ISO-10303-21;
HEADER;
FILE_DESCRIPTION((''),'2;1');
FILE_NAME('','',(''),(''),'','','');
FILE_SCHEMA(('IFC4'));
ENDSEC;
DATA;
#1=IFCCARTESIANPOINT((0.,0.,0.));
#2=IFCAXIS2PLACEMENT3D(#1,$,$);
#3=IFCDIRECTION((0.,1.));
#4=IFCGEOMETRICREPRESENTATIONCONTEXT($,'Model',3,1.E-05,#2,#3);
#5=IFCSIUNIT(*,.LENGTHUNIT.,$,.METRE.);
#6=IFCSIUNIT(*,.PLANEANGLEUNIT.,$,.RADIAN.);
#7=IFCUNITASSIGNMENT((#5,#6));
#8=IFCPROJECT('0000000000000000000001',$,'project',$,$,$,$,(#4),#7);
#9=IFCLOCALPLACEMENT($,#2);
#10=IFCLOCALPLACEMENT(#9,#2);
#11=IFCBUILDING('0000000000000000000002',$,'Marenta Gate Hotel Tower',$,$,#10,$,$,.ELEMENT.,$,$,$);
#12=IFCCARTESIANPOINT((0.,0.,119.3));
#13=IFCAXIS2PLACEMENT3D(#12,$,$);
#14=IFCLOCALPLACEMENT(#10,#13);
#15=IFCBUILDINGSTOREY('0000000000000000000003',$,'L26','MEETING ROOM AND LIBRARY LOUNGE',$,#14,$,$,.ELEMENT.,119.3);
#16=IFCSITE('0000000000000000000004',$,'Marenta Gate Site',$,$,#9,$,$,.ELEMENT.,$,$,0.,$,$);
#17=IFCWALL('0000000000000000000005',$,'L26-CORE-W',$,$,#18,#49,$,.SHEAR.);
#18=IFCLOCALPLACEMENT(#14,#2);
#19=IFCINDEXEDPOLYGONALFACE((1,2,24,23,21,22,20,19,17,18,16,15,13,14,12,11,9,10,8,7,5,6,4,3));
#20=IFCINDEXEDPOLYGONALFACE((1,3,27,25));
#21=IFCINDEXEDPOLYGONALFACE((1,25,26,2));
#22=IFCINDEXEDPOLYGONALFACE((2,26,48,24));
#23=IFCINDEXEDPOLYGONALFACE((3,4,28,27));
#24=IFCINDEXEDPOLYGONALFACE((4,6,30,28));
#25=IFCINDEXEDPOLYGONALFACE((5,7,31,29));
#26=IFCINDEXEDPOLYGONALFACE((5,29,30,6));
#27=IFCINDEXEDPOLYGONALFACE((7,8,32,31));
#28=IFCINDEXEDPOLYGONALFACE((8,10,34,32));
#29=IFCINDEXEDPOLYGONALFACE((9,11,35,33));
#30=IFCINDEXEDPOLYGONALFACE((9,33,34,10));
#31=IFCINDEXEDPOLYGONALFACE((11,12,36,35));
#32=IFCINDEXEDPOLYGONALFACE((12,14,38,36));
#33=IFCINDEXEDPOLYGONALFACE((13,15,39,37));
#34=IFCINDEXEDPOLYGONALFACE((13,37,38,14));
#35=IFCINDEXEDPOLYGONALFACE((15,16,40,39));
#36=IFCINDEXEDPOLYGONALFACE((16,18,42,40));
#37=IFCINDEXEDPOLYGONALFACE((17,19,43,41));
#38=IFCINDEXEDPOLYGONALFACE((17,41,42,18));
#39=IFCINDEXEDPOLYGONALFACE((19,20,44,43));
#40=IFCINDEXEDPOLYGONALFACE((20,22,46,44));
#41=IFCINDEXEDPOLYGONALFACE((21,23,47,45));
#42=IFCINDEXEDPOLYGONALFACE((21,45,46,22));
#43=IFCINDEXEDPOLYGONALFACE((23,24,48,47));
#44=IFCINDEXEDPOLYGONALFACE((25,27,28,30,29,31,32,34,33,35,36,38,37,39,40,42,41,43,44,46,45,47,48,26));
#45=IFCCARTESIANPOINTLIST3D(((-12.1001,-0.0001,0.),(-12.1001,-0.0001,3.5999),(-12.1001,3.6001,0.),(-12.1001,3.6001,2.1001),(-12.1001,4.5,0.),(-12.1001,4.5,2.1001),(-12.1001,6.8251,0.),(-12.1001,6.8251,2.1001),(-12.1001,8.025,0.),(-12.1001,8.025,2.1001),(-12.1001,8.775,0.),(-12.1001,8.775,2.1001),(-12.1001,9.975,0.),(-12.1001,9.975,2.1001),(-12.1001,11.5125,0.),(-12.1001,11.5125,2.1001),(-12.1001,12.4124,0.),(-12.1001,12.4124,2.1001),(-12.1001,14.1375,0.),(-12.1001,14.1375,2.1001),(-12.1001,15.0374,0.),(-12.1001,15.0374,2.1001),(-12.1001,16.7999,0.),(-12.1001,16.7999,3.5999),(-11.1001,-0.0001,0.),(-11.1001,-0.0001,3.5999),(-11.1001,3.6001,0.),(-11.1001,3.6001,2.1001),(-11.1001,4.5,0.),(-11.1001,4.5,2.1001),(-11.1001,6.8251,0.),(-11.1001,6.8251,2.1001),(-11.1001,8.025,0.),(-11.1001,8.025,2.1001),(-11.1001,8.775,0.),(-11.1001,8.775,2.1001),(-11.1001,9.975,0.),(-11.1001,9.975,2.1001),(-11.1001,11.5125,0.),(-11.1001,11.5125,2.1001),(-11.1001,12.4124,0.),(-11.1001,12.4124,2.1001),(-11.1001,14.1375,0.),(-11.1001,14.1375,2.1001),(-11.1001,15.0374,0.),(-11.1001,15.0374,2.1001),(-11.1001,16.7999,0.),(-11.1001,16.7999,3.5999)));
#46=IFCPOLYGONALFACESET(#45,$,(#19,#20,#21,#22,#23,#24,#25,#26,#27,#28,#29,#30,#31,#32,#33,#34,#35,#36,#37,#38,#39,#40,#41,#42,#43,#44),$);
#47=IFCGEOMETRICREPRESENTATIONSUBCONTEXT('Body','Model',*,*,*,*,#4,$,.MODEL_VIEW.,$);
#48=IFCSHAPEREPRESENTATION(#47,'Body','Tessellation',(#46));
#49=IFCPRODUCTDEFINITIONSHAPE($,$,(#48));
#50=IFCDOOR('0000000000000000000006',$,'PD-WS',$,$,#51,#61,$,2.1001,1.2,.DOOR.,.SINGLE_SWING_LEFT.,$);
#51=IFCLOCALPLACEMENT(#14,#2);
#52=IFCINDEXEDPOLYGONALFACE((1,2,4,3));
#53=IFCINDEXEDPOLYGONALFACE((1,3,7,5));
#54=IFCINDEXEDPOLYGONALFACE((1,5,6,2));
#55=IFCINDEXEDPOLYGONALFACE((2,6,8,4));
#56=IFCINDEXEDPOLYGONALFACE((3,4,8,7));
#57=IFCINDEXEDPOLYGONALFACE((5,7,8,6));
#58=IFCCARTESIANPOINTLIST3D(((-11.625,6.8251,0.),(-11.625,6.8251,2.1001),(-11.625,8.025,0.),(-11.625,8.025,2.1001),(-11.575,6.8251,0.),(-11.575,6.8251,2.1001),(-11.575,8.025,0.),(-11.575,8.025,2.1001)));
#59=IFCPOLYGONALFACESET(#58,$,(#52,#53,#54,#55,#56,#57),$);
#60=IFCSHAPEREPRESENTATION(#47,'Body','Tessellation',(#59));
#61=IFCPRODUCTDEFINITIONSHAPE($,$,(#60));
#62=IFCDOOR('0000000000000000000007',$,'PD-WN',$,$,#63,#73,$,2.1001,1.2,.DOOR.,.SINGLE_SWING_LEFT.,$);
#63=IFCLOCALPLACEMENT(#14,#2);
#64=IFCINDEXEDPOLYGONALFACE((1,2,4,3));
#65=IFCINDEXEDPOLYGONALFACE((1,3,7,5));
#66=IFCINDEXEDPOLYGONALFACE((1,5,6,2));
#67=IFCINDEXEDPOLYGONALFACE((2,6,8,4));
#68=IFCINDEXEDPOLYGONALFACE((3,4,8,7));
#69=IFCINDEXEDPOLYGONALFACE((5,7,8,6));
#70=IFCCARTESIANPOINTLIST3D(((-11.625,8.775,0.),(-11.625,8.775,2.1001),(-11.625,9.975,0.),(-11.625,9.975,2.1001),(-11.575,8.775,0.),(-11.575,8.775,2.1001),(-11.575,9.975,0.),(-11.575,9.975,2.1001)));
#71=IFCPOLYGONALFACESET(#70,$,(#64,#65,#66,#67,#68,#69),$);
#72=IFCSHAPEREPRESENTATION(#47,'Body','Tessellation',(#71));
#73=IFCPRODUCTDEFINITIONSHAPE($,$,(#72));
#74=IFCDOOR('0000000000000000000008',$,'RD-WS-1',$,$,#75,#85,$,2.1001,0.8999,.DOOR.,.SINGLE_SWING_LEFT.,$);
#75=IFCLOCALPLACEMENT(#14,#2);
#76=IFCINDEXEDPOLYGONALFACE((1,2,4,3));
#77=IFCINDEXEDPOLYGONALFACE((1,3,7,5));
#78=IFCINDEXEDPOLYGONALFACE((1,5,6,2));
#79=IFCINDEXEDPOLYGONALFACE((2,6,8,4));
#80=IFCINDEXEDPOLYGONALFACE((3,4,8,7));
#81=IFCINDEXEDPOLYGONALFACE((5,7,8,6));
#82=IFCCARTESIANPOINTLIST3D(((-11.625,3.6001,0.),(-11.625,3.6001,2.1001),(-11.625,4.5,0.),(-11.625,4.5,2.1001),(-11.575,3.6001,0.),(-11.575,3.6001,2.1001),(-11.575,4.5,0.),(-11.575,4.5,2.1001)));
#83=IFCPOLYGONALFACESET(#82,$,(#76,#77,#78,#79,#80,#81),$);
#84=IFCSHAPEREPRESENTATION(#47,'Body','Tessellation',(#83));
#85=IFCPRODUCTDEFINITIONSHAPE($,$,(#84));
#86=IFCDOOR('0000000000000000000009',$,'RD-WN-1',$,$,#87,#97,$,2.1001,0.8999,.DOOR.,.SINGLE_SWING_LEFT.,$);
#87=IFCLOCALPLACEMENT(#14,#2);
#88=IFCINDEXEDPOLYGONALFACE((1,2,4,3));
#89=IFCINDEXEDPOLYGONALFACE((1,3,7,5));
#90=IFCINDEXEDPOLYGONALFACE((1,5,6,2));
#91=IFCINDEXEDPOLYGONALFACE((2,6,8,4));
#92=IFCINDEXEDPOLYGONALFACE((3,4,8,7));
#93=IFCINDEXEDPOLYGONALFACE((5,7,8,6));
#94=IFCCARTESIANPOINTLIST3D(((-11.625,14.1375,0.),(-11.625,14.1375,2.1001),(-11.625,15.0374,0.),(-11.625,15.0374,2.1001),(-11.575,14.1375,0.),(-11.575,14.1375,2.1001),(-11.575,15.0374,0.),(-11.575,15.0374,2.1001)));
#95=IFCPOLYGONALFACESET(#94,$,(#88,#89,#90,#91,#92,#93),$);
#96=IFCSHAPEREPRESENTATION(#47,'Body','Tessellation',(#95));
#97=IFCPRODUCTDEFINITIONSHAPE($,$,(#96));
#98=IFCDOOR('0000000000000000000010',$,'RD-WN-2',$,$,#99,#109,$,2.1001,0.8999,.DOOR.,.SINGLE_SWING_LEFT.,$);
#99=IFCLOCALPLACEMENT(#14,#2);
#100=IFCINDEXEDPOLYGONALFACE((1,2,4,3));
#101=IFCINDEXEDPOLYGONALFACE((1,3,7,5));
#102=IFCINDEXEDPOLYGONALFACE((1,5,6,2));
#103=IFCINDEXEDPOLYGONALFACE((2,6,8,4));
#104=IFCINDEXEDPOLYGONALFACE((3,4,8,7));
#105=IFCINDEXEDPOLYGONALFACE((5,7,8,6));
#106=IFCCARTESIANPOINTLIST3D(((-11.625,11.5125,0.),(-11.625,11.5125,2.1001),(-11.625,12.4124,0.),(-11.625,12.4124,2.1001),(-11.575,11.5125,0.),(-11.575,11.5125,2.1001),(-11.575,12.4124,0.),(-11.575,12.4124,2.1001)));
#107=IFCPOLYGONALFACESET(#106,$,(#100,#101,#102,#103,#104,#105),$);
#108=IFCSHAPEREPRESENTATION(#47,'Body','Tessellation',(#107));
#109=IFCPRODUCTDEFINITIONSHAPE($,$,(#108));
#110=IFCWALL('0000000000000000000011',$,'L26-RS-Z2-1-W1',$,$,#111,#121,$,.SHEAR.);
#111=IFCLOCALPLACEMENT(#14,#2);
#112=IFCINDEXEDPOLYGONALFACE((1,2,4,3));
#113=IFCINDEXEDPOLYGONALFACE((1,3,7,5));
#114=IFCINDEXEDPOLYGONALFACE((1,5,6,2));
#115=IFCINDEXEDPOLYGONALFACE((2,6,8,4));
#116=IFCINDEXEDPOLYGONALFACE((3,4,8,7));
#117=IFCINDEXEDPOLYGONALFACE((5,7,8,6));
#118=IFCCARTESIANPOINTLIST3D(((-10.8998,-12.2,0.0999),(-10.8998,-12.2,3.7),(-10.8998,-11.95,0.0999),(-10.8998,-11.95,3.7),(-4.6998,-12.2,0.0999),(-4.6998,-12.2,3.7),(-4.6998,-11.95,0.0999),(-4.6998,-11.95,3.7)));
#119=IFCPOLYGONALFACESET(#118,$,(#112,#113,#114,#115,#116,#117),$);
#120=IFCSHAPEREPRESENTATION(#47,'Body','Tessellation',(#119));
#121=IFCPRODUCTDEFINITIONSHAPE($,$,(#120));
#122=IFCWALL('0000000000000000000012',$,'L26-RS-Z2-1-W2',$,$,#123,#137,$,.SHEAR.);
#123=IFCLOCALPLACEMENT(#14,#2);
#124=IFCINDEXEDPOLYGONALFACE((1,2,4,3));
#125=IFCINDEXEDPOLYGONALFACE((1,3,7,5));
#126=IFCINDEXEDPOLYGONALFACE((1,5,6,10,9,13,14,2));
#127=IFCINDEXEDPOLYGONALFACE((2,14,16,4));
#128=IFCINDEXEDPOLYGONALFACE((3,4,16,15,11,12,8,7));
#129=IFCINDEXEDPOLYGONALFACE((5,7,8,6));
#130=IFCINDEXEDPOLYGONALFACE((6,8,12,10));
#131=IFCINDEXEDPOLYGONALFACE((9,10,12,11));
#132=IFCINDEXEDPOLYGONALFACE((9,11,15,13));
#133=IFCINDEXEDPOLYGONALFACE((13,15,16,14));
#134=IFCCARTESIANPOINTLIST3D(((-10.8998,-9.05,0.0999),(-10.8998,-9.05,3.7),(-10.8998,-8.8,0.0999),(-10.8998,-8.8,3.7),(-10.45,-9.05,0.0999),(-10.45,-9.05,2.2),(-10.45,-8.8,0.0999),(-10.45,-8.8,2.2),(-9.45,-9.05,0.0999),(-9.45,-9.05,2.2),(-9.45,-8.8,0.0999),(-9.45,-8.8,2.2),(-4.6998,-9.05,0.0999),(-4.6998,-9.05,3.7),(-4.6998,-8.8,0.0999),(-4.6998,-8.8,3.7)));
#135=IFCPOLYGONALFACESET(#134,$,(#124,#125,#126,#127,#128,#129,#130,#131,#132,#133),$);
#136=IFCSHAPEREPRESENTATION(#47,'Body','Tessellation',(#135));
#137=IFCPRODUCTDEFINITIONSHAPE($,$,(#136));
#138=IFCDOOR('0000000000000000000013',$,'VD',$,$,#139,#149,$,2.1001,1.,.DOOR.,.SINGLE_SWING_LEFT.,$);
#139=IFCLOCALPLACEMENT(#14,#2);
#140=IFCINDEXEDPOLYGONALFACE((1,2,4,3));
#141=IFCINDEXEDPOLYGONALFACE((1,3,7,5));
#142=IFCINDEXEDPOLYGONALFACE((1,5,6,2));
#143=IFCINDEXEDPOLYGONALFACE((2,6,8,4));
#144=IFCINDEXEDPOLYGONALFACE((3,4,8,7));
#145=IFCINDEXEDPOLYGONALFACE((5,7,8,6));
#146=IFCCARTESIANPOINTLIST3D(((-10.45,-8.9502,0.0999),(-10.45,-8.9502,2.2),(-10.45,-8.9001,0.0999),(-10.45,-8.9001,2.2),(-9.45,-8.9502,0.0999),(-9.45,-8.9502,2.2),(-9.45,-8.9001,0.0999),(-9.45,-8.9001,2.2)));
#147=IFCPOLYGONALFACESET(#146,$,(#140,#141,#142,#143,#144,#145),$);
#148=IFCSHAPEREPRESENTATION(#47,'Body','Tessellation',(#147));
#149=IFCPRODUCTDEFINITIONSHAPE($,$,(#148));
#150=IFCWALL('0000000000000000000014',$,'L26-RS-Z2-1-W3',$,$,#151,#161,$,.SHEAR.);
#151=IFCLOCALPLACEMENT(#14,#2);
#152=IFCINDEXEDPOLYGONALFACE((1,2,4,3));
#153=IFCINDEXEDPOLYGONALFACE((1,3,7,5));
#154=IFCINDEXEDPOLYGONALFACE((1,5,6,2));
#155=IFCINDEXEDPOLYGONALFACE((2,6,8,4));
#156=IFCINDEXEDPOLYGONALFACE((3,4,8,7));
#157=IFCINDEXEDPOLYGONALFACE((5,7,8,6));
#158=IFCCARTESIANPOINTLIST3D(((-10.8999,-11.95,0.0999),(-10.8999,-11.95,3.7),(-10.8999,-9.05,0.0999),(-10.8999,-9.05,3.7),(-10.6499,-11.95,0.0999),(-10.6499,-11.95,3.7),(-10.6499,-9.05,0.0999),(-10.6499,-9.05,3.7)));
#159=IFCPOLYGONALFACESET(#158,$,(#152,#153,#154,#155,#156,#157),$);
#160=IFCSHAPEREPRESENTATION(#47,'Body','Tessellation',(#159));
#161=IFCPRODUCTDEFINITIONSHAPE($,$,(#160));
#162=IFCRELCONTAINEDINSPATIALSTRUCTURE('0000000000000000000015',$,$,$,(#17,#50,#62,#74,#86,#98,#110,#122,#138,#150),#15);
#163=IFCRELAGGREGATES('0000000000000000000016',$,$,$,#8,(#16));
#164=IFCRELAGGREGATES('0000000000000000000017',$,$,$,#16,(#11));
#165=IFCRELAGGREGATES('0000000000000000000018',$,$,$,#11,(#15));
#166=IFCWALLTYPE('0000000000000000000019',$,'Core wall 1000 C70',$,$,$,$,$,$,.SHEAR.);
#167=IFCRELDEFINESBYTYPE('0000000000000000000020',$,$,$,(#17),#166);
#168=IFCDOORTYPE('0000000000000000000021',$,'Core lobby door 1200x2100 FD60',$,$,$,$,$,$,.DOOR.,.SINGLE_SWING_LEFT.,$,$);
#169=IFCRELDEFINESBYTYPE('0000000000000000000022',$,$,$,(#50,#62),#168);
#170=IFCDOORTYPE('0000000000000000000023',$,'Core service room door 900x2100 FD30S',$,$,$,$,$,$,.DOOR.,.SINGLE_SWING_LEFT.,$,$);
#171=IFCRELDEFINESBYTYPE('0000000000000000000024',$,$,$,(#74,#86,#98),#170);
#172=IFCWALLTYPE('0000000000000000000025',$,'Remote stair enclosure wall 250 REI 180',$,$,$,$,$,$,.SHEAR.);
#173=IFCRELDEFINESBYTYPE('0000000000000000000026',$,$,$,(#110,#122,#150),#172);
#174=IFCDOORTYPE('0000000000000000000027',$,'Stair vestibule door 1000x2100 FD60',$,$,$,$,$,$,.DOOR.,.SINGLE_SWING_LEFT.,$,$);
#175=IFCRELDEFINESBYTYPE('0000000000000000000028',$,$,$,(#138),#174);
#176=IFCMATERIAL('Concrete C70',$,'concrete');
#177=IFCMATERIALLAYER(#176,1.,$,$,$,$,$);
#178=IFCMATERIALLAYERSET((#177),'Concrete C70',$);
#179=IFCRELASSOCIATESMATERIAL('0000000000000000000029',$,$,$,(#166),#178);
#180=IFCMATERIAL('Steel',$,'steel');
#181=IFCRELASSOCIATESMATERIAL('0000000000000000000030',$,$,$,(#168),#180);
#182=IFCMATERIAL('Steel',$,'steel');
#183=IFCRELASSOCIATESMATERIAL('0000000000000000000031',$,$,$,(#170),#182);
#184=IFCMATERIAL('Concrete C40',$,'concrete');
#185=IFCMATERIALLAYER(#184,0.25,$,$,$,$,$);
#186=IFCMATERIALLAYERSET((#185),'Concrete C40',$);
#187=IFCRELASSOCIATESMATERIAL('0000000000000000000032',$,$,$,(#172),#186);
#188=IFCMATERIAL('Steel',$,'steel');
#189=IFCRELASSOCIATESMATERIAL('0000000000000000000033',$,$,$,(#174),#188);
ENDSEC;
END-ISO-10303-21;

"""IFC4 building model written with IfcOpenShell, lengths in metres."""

from ifc_helpers import new_model, si_unit, direction, frame, frame_2d, origin, place, context, subcontext, project, spatial, rectangle, extrude, material, layer, layer_set, type_object, element, fill, save


model = new_model("IFC4")

# Units and contexts
model_context = context("Model", 3, precision=1e-05, world=origin(), true_north=direction((0.0, 1.0)))
body_context = subcontext(model_context, "Body", "Model", "MODEL_VIEW")
ifc_project = project(units=[si_unit("LENGTHUNIT", "METRE"), si_unit("PLANEANGLEUNIT", "RADIAN")], contexts=[model_context])

# Site, building, storey
site_placement = place(None, origin())
site = spatial("IfcSite", under=ifc_project, at=site_placement, Name="Marenta Gate Site", CompositionType="ELEMENT", RefElevation=0.0)
building_placement = place(site_placement, origin())
building = spatial("IfcBuilding", under=site, at=building_placement, Name="Marenta Gate Hotel Tower", CompositionType="ELEMENT")
storey_placement = place(building_placement, frame((0.0, 0.0, 119.3)))
storey = spatial("IfcBuildingStorey", under=building, at=storey_placement, Name="L26", Description="MEETING ROOM AND LIBRARY LOUNGE", CompositionType="ELEMENT", Elevation=119.3)

# Wall, openings, doors
ifc_material_1 = material(Name="Concrete C70", Category="concrete")
ifc_layer_1 = layer(ifc_material_1, 1.0)
ifc_layer_set_1 = layer_set([ifc_layer_1], Name="Concrete C70")
wall_type_1 = type_object("IfcWallType", Name="Core wall 1000 C70", PredefinedType="SHEAR", material=ifc_layer_set_1)
wall_1_placement = place(storey_placement, frame((-11.6001, 0.0, 0.0), z_axis=(0.0, 0.0, 1.0), x_axis=(0.0, 1.0, 0.0)))
wall_1 = element("IfcWall", 1, at=wall_1_placement, inside=storey, type_object=wall_type_1, Name="L26-CORE-W", PredefinedType="SHEAR", context=body_context, shape_type="SweptSolid", body=[
    extrude(rectangle(XDim=16.8, YDim=1.0, at=frame_2d((8.3999, 0.0))), origin(), (0.0, 0.0, 1.0), 3.5999),
])
opening_1_placement = place(wall_1_placement, frame((3.6001, 0.0, 0.0)))
opening_1 = element("IfcOpeningElement", 2, at=opening_1_placement, cuts=wall_1, PredefinedType="OPENING", context=body_context, shape_type="SweptSolid", body=[
    extrude(rectangle(XDim=0.8999, YDim=2.1001, at=frame_2d((0.45, 1.05))), frame((0.0, 0.5, 0.0), z_axis=(0.0, -1.0, 0.0), x_axis=(1.0, 0.0, 0.0)), (0.0, 0.0, 1.0), 1.0),
])
opening_2_placement = place(wall_1_placement, frame((6.825, 0.0, 0.0)))
opening_2 = element("IfcOpeningElement", 3, at=opening_2_placement, cuts=wall_1, PredefinedType="OPENING", context=body_context, shape_type="SweptSolid", body=[
    extrude(rectangle(XDim=1.2, YDim=2.1001, at=frame_2d((0.6001, 1.05))), frame((0.0, 0.5, 0.0), z_axis=(0.0, -1.0, 0.0), x_axis=(1.0, 0.0, 0.0)), (0.0, 0.0, 1.0), 1.0),
])
opening_3_placement = place(wall_1_placement, frame((14.1375, 0.0, 0.0)))
opening_3 = element("IfcOpeningElement", 4, at=opening_3_placement, cuts=wall_1, PredefinedType="OPENING", context=body_context, shape_type="SweptSolid", body=[
    extrude(rectangle(XDim=0.8999, YDim=2.1001, at=frame_2d((0.45, 1.05))), frame((0.0, 0.5, 0.0), z_axis=(0.0, -1.0, 0.0), x_axis=(1.0, 0.0, 0.0)), (0.0, 0.0, 1.0), 1.0),
])
opening_4_placement = place(wall_1_placement, frame((11.5125, 0.0, 0.0)))
opening_4 = element("IfcOpeningElement", 5, at=opening_4_placement, cuts=wall_1, PredefinedType="OPENING", context=body_context, shape_type="SweptSolid", body=[
    extrude(rectangle(XDim=0.8999, YDim=2.1001, at=frame_2d((0.45, 1.05))), frame((0.0, 0.5, 0.0), z_axis=(0.0, -1.0, 0.0), x_axis=(1.0, 0.0, 0.0)), (0.0, 0.0, 1.0), 1.0),
])
opening_5_placement = place(wall_1_placement, frame((8.7749, 0.0, 0.0)))
opening_5 = element("IfcOpeningElement", 6, at=opening_5_placement, cuts=wall_1, PredefinedType="OPENING", context=body_context, shape_type="SweptSolid", body=[
    extrude(rectangle(XDim=1.2, YDim=2.1001, at=frame_2d((0.6001, 1.05))), frame((0.0, 0.5, 0.0), z_axis=(0.0, -1.0, 0.0), x_axis=(1.0, 0.0, 0.0)), (0.0, 0.0, 1.0), 1.0),
])
ifc_material_2 = material(Name="Steel", Category="steel")
door_type_1 = type_object("IfcDoorType", Name="Core lobby door 1200x2100 FD60", OperationType="SINGLE_SWING_LEFT", PredefinedType="DOOR", material=ifc_material_2)
door_1_placement = place(opening_2_placement, origin())
door_1 = element("IfcDoor", 7, at=door_1_placement, inside=storey, type_object=door_type_1, Name="PD-WS", OperationType="SINGLE_SWING_LEFT", OverallHeight=2.1001, OverallWidth=1.2, PredefinedType="DOOR", context=body_context, shape_type="SweptSolid", body=[
    extrude(rectangle(XDim=1.2, YDim=2.1001, at=frame_2d((0.6001, 1.05))), frame((0.0, 0.0249, 0.0), z_axis=(0.0, -1.0, 0.0), x_axis=(1.0, 0.0, 0.0)), (0.0, 0.0, 1.0), 0.05),
])
fill(opening_2, door_1)
door_2_placement = place(opening_5_placement, origin())
door_2 = element("IfcDoor", 8, at=door_2_placement, inside=storey, type_object=door_type_1, Name="PD-WN", OperationType="SINGLE_SWING_LEFT", OverallHeight=2.1001, OverallWidth=1.2, PredefinedType="DOOR", context=body_context, shape_type="SweptSolid", body=[
    extrude(rectangle(XDim=1.2, YDim=2.1001, at=frame_2d((0.6001, 1.05))), frame((0.0, 0.0249, 0.0), z_axis=(0.0, -1.0, 0.0), x_axis=(1.0, 0.0, 0.0)), (0.0, 0.0, 1.0), 0.05),
])
fill(opening_5, door_2)
ifc_material_3 = material(Name="Steel", Category="steel")
door_type_2 = type_object("IfcDoorType", Name="Core service room door 900x2100 FD30S", OperationType="SINGLE_SWING_LEFT", PredefinedType="DOOR", material=ifc_material_3)
door_3_placement = place(opening_1_placement, origin())
door_3 = element("IfcDoor", 9, at=door_3_placement, inside=storey, type_object=door_type_2, Name="RD-WS-1", OperationType="SINGLE_SWING_LEFT", OverallHeight=2.1001, OverallWidth=0.8999, PredefinedType="DOOR", context=body_context, shape_type="SweptSolid", body=[
    extrude(rectangle(XDim=0.8999, YDim=2.1001, at=frame_2d((0.45, 1.05))), frame((0.0, 0.0249, 0.0), z_axis=(0.0, -1.0, 0.0), x_axis=(1.0, 0.0, 0.0)), (0.0, 0.0, 1.0), 0.05),
])
fill(opening_1, door_3)
door_4_placement = place(opening_3_placement, origin())
door_4 = element("IfcDoor", 10, at=door_4_placement, inside=storey, type_object=door_type_2, Name="RD-WN-1", OperationType="SINGLE_SWING_LEFT", OverallHeight=2.1001, OverallWidth=0.8999, PredefinedType="DOOR", context=body_context, shape_type="SweptSolid", body=[
    extrude(rectangle(XDim=0.8999, YDim=2.1001, at=frame_2d((0.45, 1.05))), frame((0.0, 0.0249, 0.0), z_axis=(0.0, -1.0, 0.0), x_axis=(1.0, 0.0, 0.0)), (0.0, 0.0, 1.0), 0.05),
])
fill(opening_3, door_4)
door_5_placement = place(opening_4_placement, origin())
door_5 = element("IfcDoor", 11, at=door_5_placement, inside=storey, type_object=door_type_2, Name="RD-WN-2", OperationType="SINGLE_SWING_LEFT", OverallHeight=2.1001, OverallWidth=0.8999, PredefinedType="DOOR", context=body_context, shape_type="SweptSolid", body=[
    extrude(rectangle(XDim=0.8999, YDim=2.1001, at=frame_2d((0.45, 1.05))), frame((0.0, 0.0249, 0.0), z_axis=(0.0, -1.0, 0.0), x_axis=(1.0, 0.0, 0.0)), (0.0, 0.0, 1.0), 0.05),
])
fill(opening_4, door_5)

# Wall
ifc_material_4 = material(Name="Concrete C40", Category="concrete")
ifc_layer_2 = layer(ifc_material_4, 0.25)
ifc_layer_set_2 = layer_set([ifc_layer_2], Name="Concrete C40")
wall_type_2 = type_object("IfcWallType", Name="Remote stair enclosure wall 250 REI 180", PredefinedType="SHEAR", material=ifc_layer_set_2)
wall_2_placement = place(storey_placement, frame((-10.8999, -12.075, 0.0999), z_axis=(0.0, 0.0, 1.0), x_axis=(1.0, 0.0, 0.0)))
element("IfcWall", 12, at=wall_2_placement, inside=storey, type_object=wall_type_2, Name="L26-RS-Z2-1-W1", PredefinedType="SHEAR", context=body_context, shape_type="SweptSolid", body=[
    extrude(rectangle(XDim=6.2, YDim=0.25, at=frame_2d((3.1001, 0.0))), origin(), (0.0, 0.0, 1.0), 3.6001),
])

# Wall, opening, door
wall_3_placement = place(storey_placement, frame((-10.8999, -8.925, 0.0999), z_axis=(0.0, 0.0, 1.0), x_axis=(1.0, 0.0, 0.0)))
wall_3 = element("IfcWall", 13, at=wall_3_placement, inside=storey, type_object=wall_type_2, Name="L26-RS-Z2-1-W2", PredefinedType="SHEAR", context=body_context, shape_type="SweptSolid", body=[
    extrude(rectangle(XDim=6.2, YDim=0.25, at=frame_2d((3.1001, 0.0))), origin(), (0.0, 0.0, 1.0), 3.6001),
])
opening_6_placement = place(wall_3_placement, frame((0.45, 0.0, 0.0)))
opening_6 = element("IfcOpeningElement", 14, at=opening_6_placement, cuts=wall_3, PredefinedType="OPENING", context=body_context, shape_type="SweptSolid", body=[
    extrude(rectangle(XDim=1.0, YDim=2.1001, at=frame_2d((0.5, 1.05))), frame((0.0, 0.125, 0.0), z_axis=(0.0, -1.0, 0.0), x_axis=(1.0, 0.0, 0.0)), (0.0, 0.0, 1.0), 0.25),
])
ifc_material_5 = material(Name="Steel", Category="steel")
door_type_3 = type_object("IfcDoorType", Name="Stair vestibule door 1000x2100 FD60", OperationType="SINGLE_SWING_LEFT", PredefinedType="DOOR", material=ifc_material_5)
door_6_placement = place(opening_6_placement, origin())
door_6 = element("IfcDoor", 15, at=door_6_placement, inside=storey, type_object=door_type_3, Name="VD", OperationType="SINGLE_SWING_LEFT", OverallHeight=2.1001, OverallWidth=1.0, PredefinedType="DOOR", context=body_context, shape_type="SweptSolid", body=[
    extrude(rectangle(XDim=1.0, YDim=2.1001, at=frame_2d((0.5, 1.05))), frame((0.0, 0.0249, 0.0), z_axis=(0.0, -1.0, 0.0), x_axis=(1.0, 0.0, 0.0)), (0.0, 0.0, 1.0), 0.05),
])
fill(opening_6, door_6)

# Wall
wall_4_placement = place(storey_placement, frame((-10.7749, -11.95, 0.0999), z_axis=(0.0, 0.0, 1.0), x_axis=(0.0, 1.0, 0.0)))
element("IfcWall", 16, at=wall_4_placement, inside=storey, type_object=wall_type_2, Name="L26-RS-Z2-1-W3", PredefinedType="SHEAR", context=body_context, shape_type="SweptSolid", body=[
    extrude(rectangle(XDim=2.8999, YDim=0.25, at=frame_2d((1.45, 0.0))), origin(), (0.0, 0.0, 1.0), 3.6001),
])

save(model, "model.ifc")
